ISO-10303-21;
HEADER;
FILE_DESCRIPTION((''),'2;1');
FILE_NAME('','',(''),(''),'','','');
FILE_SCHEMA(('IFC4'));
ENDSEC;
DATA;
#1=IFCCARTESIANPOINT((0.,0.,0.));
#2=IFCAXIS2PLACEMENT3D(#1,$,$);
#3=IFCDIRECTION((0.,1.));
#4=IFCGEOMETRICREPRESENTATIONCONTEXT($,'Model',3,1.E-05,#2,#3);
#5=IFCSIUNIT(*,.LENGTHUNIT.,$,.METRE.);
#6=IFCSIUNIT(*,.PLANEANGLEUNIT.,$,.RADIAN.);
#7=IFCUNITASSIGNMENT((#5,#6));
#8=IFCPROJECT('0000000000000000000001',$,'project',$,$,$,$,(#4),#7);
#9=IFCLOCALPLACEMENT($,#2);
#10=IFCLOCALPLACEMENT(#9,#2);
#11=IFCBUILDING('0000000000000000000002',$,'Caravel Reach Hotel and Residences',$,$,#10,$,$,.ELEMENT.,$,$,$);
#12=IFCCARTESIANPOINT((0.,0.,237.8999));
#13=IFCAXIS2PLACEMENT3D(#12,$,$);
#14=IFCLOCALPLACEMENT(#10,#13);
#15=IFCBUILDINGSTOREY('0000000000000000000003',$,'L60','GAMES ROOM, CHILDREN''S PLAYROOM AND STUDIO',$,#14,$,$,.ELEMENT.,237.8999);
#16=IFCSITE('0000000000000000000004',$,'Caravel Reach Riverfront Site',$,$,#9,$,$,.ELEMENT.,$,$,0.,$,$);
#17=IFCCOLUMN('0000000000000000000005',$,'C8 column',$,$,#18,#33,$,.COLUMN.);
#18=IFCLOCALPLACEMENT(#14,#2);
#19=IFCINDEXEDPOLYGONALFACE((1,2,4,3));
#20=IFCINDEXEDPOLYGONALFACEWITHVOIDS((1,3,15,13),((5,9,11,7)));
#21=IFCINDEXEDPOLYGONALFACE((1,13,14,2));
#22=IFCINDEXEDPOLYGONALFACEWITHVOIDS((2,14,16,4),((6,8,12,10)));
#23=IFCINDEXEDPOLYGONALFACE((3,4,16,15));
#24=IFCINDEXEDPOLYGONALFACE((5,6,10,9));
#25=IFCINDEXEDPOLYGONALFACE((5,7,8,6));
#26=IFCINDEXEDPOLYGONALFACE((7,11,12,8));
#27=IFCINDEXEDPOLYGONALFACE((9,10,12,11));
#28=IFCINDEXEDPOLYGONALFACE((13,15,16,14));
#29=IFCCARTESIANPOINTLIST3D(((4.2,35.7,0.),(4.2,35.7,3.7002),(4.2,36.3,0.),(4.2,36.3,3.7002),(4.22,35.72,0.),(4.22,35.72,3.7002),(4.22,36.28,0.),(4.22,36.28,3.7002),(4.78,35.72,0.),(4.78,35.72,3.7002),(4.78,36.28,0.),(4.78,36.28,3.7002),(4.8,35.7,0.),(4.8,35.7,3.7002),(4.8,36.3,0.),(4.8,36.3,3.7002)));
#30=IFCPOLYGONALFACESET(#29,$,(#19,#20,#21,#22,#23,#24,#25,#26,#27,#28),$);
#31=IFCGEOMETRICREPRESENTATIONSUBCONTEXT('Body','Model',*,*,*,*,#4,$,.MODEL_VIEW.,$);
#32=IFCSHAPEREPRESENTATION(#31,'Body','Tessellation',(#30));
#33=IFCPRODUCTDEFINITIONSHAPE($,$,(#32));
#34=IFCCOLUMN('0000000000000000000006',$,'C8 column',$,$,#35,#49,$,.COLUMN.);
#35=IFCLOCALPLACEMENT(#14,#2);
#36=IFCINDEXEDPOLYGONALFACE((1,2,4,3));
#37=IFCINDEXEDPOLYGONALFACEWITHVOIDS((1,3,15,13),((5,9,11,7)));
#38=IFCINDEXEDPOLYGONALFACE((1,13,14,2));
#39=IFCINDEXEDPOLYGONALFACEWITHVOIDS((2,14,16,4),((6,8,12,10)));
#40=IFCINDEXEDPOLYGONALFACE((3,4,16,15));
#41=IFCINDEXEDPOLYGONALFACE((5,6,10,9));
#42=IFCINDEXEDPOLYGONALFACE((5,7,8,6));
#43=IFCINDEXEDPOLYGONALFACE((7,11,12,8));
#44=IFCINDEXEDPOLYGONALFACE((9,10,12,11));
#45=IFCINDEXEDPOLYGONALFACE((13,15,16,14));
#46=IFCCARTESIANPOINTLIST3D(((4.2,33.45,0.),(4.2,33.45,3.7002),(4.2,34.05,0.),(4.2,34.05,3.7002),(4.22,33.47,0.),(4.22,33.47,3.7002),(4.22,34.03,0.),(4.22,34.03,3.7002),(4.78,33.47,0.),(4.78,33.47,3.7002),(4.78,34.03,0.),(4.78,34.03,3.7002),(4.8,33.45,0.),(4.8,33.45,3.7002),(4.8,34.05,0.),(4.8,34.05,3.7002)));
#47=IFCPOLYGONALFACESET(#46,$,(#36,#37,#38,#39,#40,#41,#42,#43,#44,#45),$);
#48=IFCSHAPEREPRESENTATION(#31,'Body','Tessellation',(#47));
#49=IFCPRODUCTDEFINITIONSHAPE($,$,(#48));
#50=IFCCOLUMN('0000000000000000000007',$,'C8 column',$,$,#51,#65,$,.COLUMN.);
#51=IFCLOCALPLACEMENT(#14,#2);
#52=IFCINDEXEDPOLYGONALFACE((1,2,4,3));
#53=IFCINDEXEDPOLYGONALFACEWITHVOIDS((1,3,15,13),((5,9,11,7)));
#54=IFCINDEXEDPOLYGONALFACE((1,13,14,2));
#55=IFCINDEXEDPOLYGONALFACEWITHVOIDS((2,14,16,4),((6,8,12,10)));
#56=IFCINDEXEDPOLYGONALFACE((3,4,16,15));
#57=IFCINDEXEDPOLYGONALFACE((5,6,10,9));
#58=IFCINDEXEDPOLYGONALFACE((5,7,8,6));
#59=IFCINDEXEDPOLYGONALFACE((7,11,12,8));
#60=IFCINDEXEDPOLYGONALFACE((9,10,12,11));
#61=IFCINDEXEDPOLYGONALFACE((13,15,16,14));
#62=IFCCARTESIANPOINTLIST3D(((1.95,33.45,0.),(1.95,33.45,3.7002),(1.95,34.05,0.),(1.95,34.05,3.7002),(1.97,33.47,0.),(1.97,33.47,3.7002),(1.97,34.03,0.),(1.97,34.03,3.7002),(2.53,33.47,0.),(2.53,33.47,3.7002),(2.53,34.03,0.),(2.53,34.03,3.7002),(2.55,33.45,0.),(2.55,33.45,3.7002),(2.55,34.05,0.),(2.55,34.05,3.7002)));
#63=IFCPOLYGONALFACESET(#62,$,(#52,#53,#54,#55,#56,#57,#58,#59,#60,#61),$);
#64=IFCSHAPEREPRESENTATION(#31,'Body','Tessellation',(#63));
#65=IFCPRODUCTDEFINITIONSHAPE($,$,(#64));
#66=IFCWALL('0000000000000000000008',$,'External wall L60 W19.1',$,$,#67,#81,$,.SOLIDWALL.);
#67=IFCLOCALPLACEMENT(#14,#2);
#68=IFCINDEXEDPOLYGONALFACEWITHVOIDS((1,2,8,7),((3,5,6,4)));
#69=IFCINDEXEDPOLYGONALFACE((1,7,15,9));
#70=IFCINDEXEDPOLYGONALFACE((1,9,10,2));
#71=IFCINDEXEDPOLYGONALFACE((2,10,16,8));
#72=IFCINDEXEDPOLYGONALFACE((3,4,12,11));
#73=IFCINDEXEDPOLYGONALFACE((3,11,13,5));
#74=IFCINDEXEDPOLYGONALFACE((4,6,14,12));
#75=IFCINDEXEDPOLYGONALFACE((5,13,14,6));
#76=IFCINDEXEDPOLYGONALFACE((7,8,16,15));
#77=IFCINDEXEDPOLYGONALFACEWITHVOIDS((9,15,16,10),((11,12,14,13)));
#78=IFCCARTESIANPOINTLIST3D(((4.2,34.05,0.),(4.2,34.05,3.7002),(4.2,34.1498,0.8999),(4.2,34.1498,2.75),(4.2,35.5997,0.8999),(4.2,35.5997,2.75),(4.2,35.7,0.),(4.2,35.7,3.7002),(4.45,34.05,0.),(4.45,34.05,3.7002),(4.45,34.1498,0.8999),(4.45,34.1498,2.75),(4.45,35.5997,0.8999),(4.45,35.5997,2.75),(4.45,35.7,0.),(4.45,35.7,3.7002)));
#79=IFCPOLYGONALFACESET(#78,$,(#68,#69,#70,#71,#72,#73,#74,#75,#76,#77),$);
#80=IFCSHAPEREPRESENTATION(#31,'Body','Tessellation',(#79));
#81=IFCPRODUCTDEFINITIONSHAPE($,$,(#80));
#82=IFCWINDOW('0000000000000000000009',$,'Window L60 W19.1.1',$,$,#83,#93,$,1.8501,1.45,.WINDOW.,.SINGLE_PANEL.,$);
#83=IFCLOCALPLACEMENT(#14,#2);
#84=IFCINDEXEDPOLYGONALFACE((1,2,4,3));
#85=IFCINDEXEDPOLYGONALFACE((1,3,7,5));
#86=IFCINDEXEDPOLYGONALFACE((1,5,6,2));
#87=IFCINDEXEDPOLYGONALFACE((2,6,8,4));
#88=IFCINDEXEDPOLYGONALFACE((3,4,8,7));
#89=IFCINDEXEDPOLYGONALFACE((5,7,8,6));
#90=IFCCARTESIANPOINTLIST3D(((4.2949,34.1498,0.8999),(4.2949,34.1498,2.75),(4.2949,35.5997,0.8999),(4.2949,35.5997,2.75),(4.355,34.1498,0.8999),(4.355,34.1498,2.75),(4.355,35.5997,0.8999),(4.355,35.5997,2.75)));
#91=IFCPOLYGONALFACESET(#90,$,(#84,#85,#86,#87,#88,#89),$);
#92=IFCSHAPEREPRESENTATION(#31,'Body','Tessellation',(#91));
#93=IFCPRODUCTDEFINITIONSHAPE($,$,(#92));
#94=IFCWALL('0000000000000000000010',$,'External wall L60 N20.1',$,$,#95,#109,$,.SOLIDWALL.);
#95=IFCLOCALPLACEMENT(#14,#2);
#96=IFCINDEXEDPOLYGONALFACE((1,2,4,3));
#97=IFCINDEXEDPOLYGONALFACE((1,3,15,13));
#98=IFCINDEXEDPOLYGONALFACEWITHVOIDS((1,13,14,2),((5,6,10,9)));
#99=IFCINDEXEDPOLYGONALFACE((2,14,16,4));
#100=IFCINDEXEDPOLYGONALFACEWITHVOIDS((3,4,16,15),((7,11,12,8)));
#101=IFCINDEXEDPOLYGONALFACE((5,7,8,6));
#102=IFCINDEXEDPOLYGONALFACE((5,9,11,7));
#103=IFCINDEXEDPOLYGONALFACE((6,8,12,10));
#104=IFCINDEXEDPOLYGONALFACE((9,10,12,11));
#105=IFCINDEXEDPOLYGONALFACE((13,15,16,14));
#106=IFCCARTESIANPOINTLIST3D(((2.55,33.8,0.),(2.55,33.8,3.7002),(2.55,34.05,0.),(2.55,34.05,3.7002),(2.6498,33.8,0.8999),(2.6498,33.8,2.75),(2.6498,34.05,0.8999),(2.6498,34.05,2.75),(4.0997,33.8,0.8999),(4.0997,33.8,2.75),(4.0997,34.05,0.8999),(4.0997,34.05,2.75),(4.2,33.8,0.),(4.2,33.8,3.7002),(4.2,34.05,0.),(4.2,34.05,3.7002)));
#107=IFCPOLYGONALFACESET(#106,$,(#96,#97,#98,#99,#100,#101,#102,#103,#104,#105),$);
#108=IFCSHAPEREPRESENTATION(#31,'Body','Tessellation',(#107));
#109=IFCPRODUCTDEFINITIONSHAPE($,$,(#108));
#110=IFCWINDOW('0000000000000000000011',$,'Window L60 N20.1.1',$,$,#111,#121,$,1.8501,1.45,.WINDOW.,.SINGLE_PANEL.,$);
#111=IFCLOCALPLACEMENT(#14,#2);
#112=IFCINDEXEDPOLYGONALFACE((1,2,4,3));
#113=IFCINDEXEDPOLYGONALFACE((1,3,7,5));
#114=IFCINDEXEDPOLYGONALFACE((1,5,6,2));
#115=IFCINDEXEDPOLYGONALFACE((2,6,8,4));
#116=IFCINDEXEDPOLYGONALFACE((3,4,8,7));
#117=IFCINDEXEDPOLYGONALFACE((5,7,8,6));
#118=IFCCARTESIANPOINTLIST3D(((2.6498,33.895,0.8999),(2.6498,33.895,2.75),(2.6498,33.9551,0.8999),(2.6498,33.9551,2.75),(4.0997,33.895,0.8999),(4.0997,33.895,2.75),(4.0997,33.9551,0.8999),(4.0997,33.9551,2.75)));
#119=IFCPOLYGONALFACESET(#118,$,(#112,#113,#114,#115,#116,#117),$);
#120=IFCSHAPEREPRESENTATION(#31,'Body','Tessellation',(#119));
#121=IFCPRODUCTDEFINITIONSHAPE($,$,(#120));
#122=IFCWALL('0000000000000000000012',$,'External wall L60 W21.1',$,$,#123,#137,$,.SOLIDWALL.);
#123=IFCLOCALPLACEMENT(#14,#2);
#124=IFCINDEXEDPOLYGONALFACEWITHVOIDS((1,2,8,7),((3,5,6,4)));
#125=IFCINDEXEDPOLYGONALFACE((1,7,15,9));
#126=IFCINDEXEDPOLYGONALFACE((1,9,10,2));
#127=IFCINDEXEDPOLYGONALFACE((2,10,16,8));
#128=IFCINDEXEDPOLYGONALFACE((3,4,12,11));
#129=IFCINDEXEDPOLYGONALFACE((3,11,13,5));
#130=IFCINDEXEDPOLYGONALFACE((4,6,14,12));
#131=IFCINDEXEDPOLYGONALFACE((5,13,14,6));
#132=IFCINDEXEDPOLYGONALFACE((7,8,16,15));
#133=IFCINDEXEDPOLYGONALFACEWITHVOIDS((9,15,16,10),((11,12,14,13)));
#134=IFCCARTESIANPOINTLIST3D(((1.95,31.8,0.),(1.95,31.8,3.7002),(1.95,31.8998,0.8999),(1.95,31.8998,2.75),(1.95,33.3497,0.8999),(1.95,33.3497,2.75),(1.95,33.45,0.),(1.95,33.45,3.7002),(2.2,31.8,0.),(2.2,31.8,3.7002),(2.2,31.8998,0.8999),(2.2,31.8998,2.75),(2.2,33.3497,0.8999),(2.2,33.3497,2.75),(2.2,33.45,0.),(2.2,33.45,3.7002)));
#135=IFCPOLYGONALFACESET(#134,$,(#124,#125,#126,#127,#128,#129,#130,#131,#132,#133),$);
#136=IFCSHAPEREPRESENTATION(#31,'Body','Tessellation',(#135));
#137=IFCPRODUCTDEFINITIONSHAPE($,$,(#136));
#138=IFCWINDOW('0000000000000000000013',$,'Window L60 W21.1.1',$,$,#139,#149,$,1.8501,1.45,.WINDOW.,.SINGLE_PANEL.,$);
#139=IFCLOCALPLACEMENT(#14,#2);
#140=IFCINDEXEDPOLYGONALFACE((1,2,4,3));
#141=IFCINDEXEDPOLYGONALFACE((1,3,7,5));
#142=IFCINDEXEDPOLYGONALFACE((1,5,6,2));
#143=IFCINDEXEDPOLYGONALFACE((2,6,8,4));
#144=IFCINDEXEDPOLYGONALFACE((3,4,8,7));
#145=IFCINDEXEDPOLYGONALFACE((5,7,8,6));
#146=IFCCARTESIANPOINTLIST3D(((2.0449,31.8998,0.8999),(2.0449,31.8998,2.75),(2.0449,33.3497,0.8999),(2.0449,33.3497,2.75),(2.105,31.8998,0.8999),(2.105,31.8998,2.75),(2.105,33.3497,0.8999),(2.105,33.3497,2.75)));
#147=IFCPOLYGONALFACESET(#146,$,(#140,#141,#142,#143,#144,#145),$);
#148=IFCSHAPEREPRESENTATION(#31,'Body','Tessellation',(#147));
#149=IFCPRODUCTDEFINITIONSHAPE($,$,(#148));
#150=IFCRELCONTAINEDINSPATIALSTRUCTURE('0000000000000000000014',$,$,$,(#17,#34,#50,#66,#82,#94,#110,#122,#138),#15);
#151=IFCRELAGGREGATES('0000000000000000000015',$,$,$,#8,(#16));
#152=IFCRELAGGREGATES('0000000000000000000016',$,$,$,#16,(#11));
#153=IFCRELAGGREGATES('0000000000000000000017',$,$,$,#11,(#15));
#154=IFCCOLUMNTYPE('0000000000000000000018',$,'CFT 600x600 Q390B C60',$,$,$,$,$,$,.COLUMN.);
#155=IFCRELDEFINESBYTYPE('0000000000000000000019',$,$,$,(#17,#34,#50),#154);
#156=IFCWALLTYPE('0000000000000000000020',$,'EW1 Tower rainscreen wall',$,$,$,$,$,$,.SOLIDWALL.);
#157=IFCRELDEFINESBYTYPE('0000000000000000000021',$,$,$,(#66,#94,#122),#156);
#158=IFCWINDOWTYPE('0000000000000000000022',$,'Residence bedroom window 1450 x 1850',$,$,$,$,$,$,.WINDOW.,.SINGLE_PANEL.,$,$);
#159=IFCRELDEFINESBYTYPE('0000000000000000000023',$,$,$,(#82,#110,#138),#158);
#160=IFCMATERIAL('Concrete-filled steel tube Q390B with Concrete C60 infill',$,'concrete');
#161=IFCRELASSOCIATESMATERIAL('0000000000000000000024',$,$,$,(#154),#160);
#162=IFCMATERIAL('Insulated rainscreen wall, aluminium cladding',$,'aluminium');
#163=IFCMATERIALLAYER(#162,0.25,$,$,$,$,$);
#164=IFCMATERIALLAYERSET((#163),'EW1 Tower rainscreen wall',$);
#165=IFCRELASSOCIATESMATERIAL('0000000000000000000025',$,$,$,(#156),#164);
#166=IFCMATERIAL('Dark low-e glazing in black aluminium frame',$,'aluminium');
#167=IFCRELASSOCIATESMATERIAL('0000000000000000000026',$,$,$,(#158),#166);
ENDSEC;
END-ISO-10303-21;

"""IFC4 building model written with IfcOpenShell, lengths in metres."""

from ifc_helpers import new_model, si_unit, direction, frame, frame_2d, origin, origin_2d, place, context, subcontext, project, spatial, rectangle, hollow_rectangle, extrude, material, layer, layer_set, material_profile, profile_set, type_object, element, fill, save


model = new_model("IFC4")

# Units and contexts
model_context = context("Model", 3, precision=1e-05, world=origin(), true_north=direction((0.0, 1.0)))
body_context = subcontext(model_context, "Body", "Model", "MODEL_VIEW")
ifc_project = project(units=[si_unit("LENGTHUNIT", "METRE"), si_unit("PLANEANGLEUNIT", "RADIAN")], contexts=[model_context])

# Site, building, storey
site_placement = place(None, origin())
site = spatial("IfcSite", under=ifc_project, at=site_placement, Name="Caravel Reach Riverfront Site", CompositionType="ELEMENT", RefElevation=0.0)
building_placement = place(site_placement, origin())
building = spatial("IfcBuilding", under=site, at=building_placement, Name="Caravel Reach Hotel and Residences", CompositionType="ELEMENT")
storey_placement = place(building_placement, frame((0.0, 0.0, 237.8999)))
storey = spatial("IfcBuildingStorey", under=building, at=storey_placement, Name="L60", Description="GAMES ROOM, CHILDREN'S PLAYROOM AND STUDIO", CompositionType="ELEMENT", Elevation=237.8999)

# Columns
ifc_material_1 = material(Name="Concrete-filled steel tube Q390B with Concrete C60 infill", Category="concrete")
ifc_material_profile = material_profile(ifc_material_1, hollow_rectangle(XDim=0.6001, YDim=0.6001, WallThickness=0.02, at=origin_2d()), Name="RHS 600x600x20")
ifc_profile_set = profile_set([ifc_material_profile], Name="Concrete-filled steel tube Q390B with Concrete C60 infill")
column_type = type_object("IfcColumnType", Name="CFT 600x600 Q390B C60", PredefinedType="COLUMN", material=ifc_profile_set)
for number, where, z_axis, x_axis, name in (
    (1, (4.5, 36.0, 0.0), (0.0, 0.0, 1.0), (1.0, 0.0, 0.0), "C8 column"),
    (2, (4.5, 33.75, 0.0), (0.0, 0.0, 1.0), (1.0, 0.0, 0.0), "C8 column"),
    (3, (2.25, 33.75, 0.0), (0.0, 0.0, 1.0), (1.0, 0.0, 0.0), "C8 column"),
):
    element("IfcColumn", number, at=place(storey_placement, frame(where, z_axis=z_axis, x_axis=x_axis)), inside=storey, type_object=column_type, Name=name, PredefinedType="COLUMN", context=body_context, shape_type="SweptSolid", body=[
        extrude(hollow_rectangle(XDim=0.6001, YDim=0.6001, WallThickness=0.02, at=origin_2d()), origin(), (0.0, 0.0, 1.0), 3.7002),
    ])

# Walls, openings, windows
ifc_material_2 = material(Name="Insulated rainscreen wall, aluminium cladding", Category="aluminium")
ifc_layer = layer(ifc_material_2, 0.25)
ifc_layer_set = layer_set([ifc_layer], Name="EW1 Tower rainscreen wall")
wall_type = type_object("IfcWallType", Name="EW1 Tower rainscreen wall", PredefinedType="SOLIDWALL", material=ifc_layer_set)
wall_1_placement = place(storey_placement, frame((4.325, 35.7, 0.0), z_axis=(0.0, 0.0, 1.0), x_axis=(0.0, -1.0, 0.0)))
wall_1 = element("IfcWall", 4, at=wall_1_placement, inside=storey, type_object=wall_type, Name="External wall L60 W19.1", PredefinedType="SOLIDWALL", context=body_context, shape_type="SweptSolid", body=[
    extrude(rectangle(XDim=1.6499, YDim=0.25, at=frame_2d((0.825, 0.0))), origin(), (0.0, 0.0, 1.0), 3.7002),
])
opening_1_placement = place(wall_1_placement, frame((0.1001, 0.0, 0.8999)))
opening_1 = element("IfcOpeningElement", 5, at=opening_1_placement, cuts=wall_1, PredefinedType="OPENING", context=body_context, shape_type="SweptSolid", body=[
    extrude(rectangle(XDim=1.45, YDim=1.8501, at=frame_2d((0.7251, 0.925))), frame((0.0, 0.135, 0.0), z_axis=(0.0, -1.0, 0.0), x_axis=(1.0, 0.0, 0.0)), (0.0, 0.0, 1.0), 0.27),
])
ifc_material_3 = material(Name="Dark low-e glazing in black aluminium frame", Category="aluminium")
window_type = type_object("IfcWindowType", Name="Residence bedroom window 1450 x 1850", PartitioningType="SINGLE_PANEL", PredefinedType="WINDOW", material=ifc_material_3)
window_1_placement = place(opening_1_placement, origin())
window_1 = element("IfcWindow", 6, at=window_1_placement, inside=storey, type_object=window_type, Name="Window L60 W19.1.1", OverallHeight=1.8501, OverallWidth=1.45, PartitioningType="SINGLE_PANEL", PredefinedType="WINDOW", context=body_context, shape_type="SweptSolid", body=[
    extrude(rectangle(XDim=1.45, YDim=1.8501, at=frame_2d((0.7251, 0.925))), frame((0.0, 0.03, 0.0), z_axis=(0.0, -1.0, 0.0), x_axis=(1.0, 0.0, 0.0)), (0.0, 0.0, 1.0), 0.0601),
])
fill(opening_1, window_1)
wall_2_placement = place(storey_placement, frame((4.2, 33.925, 0.0), z_axis=(0.0, 0.0, 1.0), x_axis=(-1.0, 0.0, 0.0)))
wall_2 = element("IfcWall", 7, at=wall_2_placement, inside=storey, type_object=wall_type, Name="External wall L60 N20.1", PredefinedType="SOLIDWALL", context=body_context, shape_type="SweptSolid", body=[
    extrude(rectangle(XDim=1.6499, YDim=0.25, at=frame_2d((0.825, 0.0))), origin(), (0.0, 0.0, 1.0), 3.7002),
])
opening_2_placement = place(wall_2_placement, frame((0.1001, 0.0, 0.8999)))
opening_2 = element("IfcOpeningElement", 8, at=opening_2_placement, cuts=wall_2, PredefinedType="OPENING", context=body_context, shape_type="SweptSolid", body=[
    extrude(rectangle(XDim=1.45, YDim=1.8501, at=frame_2d((0.7251, 0.925))), frame((0.0, 0.135, 0.0), z_axis=(0.0, -1.0, 0.0), x_axis=(1.0, 0.0, 0.0)), (0.0, 0.0, 1.0), 0.27),
])
window_2_placement = place(opening_2_placement, origin())
window_2 = element("IfcWindow", 9, at=window_2_placement, inside=storey, type_object=window_type, Name="Window L60 N20.1.1", OverallHeight=1.8501, OverallWidth=1.45, PartitioningType="SINGLE_PANEL", PredefinedType="WINDOW", context=body_context, shape_type="SweptSolid", body=[
    extrude(rectangle(XDim=1.45, YDim=1.8501, at=frame_2d((0.7251, 0.925))), frame((0.0, 0.03, 0.0), z_axis=(0.0, -1.0, 0.0), x_axis=(1.0, 0.0, 0.0)), (0.0, 0.0, 1.0), 0.0601),
])
fill(opening_2, window_2)
wall_3_placement = place(storey_placement, frame((2.075, 33.45, 0.0), z_axis=(0.0, 0.0, 1.0), x_axis=(0.0, -1.0, 0.0)))
wall_3 = element("IfcWall", 10, at=wall_3_placement, inside=storey, type_object=wall_type, Name="External wall L60 W21.1", PredefinedType="SOLIDWALL", context=body_context, shape_type="SweptSolid", body=[
    extrude(rectangle(XDim=1.6499, YDim=0.25, at=frame_2d((0.825, 0.0))), origin(), (0.0, 0.0, 1.0), 3.7002),
])
opening_3_placement = place(wall_3_placement, frame((0.1001, 0.0, 0.8999)))
opening_3 = element("IfcOpeningElement", 11, at=opening_3_placement, cuts=wall_3, PredefinedType="OPENING", context=body_context, shape_type="SweptSolid", body=[
    extrude(rectangle(XDim=1.45, YDim=1.8501, at=frame_2d((0.7251, 0.925))), frame((0.0, 0.135, 0.0), z_axis=(0.0, -1.0, 0.0), x_axis=(1.0, 0.0, 0.0)), (0.0, 0.0, 1.0), 0.27),
])
window_3_placement = place(opening_3_placement, origin())
window_3 = element("IfcWindow", 12, at=window_3_placement, inside=storey, type_object=window_type, Name="Window L60 W21.1.1", OverallHeight=1.8501, OverallWidth=1.45, PartitioningType="SINGLE_PANEL", PredefinedType="WINDOW", context=body_context, shape_type="SweptSolid", body=[
    extrude(rectangle(XDim=1.45, YDim=1.8501, at=frame_2d((0.7251, 0.925))), frame((0.0, 0.03, 0.0), z_axis=(0.0, -1.0, 0.0), x_axis=(1.0, 0.0, 0.0)), (0.0, 0.0, 1.0), 0.0601),
])
fill(opening_3, window_3)

save(model, "model.ifc")
